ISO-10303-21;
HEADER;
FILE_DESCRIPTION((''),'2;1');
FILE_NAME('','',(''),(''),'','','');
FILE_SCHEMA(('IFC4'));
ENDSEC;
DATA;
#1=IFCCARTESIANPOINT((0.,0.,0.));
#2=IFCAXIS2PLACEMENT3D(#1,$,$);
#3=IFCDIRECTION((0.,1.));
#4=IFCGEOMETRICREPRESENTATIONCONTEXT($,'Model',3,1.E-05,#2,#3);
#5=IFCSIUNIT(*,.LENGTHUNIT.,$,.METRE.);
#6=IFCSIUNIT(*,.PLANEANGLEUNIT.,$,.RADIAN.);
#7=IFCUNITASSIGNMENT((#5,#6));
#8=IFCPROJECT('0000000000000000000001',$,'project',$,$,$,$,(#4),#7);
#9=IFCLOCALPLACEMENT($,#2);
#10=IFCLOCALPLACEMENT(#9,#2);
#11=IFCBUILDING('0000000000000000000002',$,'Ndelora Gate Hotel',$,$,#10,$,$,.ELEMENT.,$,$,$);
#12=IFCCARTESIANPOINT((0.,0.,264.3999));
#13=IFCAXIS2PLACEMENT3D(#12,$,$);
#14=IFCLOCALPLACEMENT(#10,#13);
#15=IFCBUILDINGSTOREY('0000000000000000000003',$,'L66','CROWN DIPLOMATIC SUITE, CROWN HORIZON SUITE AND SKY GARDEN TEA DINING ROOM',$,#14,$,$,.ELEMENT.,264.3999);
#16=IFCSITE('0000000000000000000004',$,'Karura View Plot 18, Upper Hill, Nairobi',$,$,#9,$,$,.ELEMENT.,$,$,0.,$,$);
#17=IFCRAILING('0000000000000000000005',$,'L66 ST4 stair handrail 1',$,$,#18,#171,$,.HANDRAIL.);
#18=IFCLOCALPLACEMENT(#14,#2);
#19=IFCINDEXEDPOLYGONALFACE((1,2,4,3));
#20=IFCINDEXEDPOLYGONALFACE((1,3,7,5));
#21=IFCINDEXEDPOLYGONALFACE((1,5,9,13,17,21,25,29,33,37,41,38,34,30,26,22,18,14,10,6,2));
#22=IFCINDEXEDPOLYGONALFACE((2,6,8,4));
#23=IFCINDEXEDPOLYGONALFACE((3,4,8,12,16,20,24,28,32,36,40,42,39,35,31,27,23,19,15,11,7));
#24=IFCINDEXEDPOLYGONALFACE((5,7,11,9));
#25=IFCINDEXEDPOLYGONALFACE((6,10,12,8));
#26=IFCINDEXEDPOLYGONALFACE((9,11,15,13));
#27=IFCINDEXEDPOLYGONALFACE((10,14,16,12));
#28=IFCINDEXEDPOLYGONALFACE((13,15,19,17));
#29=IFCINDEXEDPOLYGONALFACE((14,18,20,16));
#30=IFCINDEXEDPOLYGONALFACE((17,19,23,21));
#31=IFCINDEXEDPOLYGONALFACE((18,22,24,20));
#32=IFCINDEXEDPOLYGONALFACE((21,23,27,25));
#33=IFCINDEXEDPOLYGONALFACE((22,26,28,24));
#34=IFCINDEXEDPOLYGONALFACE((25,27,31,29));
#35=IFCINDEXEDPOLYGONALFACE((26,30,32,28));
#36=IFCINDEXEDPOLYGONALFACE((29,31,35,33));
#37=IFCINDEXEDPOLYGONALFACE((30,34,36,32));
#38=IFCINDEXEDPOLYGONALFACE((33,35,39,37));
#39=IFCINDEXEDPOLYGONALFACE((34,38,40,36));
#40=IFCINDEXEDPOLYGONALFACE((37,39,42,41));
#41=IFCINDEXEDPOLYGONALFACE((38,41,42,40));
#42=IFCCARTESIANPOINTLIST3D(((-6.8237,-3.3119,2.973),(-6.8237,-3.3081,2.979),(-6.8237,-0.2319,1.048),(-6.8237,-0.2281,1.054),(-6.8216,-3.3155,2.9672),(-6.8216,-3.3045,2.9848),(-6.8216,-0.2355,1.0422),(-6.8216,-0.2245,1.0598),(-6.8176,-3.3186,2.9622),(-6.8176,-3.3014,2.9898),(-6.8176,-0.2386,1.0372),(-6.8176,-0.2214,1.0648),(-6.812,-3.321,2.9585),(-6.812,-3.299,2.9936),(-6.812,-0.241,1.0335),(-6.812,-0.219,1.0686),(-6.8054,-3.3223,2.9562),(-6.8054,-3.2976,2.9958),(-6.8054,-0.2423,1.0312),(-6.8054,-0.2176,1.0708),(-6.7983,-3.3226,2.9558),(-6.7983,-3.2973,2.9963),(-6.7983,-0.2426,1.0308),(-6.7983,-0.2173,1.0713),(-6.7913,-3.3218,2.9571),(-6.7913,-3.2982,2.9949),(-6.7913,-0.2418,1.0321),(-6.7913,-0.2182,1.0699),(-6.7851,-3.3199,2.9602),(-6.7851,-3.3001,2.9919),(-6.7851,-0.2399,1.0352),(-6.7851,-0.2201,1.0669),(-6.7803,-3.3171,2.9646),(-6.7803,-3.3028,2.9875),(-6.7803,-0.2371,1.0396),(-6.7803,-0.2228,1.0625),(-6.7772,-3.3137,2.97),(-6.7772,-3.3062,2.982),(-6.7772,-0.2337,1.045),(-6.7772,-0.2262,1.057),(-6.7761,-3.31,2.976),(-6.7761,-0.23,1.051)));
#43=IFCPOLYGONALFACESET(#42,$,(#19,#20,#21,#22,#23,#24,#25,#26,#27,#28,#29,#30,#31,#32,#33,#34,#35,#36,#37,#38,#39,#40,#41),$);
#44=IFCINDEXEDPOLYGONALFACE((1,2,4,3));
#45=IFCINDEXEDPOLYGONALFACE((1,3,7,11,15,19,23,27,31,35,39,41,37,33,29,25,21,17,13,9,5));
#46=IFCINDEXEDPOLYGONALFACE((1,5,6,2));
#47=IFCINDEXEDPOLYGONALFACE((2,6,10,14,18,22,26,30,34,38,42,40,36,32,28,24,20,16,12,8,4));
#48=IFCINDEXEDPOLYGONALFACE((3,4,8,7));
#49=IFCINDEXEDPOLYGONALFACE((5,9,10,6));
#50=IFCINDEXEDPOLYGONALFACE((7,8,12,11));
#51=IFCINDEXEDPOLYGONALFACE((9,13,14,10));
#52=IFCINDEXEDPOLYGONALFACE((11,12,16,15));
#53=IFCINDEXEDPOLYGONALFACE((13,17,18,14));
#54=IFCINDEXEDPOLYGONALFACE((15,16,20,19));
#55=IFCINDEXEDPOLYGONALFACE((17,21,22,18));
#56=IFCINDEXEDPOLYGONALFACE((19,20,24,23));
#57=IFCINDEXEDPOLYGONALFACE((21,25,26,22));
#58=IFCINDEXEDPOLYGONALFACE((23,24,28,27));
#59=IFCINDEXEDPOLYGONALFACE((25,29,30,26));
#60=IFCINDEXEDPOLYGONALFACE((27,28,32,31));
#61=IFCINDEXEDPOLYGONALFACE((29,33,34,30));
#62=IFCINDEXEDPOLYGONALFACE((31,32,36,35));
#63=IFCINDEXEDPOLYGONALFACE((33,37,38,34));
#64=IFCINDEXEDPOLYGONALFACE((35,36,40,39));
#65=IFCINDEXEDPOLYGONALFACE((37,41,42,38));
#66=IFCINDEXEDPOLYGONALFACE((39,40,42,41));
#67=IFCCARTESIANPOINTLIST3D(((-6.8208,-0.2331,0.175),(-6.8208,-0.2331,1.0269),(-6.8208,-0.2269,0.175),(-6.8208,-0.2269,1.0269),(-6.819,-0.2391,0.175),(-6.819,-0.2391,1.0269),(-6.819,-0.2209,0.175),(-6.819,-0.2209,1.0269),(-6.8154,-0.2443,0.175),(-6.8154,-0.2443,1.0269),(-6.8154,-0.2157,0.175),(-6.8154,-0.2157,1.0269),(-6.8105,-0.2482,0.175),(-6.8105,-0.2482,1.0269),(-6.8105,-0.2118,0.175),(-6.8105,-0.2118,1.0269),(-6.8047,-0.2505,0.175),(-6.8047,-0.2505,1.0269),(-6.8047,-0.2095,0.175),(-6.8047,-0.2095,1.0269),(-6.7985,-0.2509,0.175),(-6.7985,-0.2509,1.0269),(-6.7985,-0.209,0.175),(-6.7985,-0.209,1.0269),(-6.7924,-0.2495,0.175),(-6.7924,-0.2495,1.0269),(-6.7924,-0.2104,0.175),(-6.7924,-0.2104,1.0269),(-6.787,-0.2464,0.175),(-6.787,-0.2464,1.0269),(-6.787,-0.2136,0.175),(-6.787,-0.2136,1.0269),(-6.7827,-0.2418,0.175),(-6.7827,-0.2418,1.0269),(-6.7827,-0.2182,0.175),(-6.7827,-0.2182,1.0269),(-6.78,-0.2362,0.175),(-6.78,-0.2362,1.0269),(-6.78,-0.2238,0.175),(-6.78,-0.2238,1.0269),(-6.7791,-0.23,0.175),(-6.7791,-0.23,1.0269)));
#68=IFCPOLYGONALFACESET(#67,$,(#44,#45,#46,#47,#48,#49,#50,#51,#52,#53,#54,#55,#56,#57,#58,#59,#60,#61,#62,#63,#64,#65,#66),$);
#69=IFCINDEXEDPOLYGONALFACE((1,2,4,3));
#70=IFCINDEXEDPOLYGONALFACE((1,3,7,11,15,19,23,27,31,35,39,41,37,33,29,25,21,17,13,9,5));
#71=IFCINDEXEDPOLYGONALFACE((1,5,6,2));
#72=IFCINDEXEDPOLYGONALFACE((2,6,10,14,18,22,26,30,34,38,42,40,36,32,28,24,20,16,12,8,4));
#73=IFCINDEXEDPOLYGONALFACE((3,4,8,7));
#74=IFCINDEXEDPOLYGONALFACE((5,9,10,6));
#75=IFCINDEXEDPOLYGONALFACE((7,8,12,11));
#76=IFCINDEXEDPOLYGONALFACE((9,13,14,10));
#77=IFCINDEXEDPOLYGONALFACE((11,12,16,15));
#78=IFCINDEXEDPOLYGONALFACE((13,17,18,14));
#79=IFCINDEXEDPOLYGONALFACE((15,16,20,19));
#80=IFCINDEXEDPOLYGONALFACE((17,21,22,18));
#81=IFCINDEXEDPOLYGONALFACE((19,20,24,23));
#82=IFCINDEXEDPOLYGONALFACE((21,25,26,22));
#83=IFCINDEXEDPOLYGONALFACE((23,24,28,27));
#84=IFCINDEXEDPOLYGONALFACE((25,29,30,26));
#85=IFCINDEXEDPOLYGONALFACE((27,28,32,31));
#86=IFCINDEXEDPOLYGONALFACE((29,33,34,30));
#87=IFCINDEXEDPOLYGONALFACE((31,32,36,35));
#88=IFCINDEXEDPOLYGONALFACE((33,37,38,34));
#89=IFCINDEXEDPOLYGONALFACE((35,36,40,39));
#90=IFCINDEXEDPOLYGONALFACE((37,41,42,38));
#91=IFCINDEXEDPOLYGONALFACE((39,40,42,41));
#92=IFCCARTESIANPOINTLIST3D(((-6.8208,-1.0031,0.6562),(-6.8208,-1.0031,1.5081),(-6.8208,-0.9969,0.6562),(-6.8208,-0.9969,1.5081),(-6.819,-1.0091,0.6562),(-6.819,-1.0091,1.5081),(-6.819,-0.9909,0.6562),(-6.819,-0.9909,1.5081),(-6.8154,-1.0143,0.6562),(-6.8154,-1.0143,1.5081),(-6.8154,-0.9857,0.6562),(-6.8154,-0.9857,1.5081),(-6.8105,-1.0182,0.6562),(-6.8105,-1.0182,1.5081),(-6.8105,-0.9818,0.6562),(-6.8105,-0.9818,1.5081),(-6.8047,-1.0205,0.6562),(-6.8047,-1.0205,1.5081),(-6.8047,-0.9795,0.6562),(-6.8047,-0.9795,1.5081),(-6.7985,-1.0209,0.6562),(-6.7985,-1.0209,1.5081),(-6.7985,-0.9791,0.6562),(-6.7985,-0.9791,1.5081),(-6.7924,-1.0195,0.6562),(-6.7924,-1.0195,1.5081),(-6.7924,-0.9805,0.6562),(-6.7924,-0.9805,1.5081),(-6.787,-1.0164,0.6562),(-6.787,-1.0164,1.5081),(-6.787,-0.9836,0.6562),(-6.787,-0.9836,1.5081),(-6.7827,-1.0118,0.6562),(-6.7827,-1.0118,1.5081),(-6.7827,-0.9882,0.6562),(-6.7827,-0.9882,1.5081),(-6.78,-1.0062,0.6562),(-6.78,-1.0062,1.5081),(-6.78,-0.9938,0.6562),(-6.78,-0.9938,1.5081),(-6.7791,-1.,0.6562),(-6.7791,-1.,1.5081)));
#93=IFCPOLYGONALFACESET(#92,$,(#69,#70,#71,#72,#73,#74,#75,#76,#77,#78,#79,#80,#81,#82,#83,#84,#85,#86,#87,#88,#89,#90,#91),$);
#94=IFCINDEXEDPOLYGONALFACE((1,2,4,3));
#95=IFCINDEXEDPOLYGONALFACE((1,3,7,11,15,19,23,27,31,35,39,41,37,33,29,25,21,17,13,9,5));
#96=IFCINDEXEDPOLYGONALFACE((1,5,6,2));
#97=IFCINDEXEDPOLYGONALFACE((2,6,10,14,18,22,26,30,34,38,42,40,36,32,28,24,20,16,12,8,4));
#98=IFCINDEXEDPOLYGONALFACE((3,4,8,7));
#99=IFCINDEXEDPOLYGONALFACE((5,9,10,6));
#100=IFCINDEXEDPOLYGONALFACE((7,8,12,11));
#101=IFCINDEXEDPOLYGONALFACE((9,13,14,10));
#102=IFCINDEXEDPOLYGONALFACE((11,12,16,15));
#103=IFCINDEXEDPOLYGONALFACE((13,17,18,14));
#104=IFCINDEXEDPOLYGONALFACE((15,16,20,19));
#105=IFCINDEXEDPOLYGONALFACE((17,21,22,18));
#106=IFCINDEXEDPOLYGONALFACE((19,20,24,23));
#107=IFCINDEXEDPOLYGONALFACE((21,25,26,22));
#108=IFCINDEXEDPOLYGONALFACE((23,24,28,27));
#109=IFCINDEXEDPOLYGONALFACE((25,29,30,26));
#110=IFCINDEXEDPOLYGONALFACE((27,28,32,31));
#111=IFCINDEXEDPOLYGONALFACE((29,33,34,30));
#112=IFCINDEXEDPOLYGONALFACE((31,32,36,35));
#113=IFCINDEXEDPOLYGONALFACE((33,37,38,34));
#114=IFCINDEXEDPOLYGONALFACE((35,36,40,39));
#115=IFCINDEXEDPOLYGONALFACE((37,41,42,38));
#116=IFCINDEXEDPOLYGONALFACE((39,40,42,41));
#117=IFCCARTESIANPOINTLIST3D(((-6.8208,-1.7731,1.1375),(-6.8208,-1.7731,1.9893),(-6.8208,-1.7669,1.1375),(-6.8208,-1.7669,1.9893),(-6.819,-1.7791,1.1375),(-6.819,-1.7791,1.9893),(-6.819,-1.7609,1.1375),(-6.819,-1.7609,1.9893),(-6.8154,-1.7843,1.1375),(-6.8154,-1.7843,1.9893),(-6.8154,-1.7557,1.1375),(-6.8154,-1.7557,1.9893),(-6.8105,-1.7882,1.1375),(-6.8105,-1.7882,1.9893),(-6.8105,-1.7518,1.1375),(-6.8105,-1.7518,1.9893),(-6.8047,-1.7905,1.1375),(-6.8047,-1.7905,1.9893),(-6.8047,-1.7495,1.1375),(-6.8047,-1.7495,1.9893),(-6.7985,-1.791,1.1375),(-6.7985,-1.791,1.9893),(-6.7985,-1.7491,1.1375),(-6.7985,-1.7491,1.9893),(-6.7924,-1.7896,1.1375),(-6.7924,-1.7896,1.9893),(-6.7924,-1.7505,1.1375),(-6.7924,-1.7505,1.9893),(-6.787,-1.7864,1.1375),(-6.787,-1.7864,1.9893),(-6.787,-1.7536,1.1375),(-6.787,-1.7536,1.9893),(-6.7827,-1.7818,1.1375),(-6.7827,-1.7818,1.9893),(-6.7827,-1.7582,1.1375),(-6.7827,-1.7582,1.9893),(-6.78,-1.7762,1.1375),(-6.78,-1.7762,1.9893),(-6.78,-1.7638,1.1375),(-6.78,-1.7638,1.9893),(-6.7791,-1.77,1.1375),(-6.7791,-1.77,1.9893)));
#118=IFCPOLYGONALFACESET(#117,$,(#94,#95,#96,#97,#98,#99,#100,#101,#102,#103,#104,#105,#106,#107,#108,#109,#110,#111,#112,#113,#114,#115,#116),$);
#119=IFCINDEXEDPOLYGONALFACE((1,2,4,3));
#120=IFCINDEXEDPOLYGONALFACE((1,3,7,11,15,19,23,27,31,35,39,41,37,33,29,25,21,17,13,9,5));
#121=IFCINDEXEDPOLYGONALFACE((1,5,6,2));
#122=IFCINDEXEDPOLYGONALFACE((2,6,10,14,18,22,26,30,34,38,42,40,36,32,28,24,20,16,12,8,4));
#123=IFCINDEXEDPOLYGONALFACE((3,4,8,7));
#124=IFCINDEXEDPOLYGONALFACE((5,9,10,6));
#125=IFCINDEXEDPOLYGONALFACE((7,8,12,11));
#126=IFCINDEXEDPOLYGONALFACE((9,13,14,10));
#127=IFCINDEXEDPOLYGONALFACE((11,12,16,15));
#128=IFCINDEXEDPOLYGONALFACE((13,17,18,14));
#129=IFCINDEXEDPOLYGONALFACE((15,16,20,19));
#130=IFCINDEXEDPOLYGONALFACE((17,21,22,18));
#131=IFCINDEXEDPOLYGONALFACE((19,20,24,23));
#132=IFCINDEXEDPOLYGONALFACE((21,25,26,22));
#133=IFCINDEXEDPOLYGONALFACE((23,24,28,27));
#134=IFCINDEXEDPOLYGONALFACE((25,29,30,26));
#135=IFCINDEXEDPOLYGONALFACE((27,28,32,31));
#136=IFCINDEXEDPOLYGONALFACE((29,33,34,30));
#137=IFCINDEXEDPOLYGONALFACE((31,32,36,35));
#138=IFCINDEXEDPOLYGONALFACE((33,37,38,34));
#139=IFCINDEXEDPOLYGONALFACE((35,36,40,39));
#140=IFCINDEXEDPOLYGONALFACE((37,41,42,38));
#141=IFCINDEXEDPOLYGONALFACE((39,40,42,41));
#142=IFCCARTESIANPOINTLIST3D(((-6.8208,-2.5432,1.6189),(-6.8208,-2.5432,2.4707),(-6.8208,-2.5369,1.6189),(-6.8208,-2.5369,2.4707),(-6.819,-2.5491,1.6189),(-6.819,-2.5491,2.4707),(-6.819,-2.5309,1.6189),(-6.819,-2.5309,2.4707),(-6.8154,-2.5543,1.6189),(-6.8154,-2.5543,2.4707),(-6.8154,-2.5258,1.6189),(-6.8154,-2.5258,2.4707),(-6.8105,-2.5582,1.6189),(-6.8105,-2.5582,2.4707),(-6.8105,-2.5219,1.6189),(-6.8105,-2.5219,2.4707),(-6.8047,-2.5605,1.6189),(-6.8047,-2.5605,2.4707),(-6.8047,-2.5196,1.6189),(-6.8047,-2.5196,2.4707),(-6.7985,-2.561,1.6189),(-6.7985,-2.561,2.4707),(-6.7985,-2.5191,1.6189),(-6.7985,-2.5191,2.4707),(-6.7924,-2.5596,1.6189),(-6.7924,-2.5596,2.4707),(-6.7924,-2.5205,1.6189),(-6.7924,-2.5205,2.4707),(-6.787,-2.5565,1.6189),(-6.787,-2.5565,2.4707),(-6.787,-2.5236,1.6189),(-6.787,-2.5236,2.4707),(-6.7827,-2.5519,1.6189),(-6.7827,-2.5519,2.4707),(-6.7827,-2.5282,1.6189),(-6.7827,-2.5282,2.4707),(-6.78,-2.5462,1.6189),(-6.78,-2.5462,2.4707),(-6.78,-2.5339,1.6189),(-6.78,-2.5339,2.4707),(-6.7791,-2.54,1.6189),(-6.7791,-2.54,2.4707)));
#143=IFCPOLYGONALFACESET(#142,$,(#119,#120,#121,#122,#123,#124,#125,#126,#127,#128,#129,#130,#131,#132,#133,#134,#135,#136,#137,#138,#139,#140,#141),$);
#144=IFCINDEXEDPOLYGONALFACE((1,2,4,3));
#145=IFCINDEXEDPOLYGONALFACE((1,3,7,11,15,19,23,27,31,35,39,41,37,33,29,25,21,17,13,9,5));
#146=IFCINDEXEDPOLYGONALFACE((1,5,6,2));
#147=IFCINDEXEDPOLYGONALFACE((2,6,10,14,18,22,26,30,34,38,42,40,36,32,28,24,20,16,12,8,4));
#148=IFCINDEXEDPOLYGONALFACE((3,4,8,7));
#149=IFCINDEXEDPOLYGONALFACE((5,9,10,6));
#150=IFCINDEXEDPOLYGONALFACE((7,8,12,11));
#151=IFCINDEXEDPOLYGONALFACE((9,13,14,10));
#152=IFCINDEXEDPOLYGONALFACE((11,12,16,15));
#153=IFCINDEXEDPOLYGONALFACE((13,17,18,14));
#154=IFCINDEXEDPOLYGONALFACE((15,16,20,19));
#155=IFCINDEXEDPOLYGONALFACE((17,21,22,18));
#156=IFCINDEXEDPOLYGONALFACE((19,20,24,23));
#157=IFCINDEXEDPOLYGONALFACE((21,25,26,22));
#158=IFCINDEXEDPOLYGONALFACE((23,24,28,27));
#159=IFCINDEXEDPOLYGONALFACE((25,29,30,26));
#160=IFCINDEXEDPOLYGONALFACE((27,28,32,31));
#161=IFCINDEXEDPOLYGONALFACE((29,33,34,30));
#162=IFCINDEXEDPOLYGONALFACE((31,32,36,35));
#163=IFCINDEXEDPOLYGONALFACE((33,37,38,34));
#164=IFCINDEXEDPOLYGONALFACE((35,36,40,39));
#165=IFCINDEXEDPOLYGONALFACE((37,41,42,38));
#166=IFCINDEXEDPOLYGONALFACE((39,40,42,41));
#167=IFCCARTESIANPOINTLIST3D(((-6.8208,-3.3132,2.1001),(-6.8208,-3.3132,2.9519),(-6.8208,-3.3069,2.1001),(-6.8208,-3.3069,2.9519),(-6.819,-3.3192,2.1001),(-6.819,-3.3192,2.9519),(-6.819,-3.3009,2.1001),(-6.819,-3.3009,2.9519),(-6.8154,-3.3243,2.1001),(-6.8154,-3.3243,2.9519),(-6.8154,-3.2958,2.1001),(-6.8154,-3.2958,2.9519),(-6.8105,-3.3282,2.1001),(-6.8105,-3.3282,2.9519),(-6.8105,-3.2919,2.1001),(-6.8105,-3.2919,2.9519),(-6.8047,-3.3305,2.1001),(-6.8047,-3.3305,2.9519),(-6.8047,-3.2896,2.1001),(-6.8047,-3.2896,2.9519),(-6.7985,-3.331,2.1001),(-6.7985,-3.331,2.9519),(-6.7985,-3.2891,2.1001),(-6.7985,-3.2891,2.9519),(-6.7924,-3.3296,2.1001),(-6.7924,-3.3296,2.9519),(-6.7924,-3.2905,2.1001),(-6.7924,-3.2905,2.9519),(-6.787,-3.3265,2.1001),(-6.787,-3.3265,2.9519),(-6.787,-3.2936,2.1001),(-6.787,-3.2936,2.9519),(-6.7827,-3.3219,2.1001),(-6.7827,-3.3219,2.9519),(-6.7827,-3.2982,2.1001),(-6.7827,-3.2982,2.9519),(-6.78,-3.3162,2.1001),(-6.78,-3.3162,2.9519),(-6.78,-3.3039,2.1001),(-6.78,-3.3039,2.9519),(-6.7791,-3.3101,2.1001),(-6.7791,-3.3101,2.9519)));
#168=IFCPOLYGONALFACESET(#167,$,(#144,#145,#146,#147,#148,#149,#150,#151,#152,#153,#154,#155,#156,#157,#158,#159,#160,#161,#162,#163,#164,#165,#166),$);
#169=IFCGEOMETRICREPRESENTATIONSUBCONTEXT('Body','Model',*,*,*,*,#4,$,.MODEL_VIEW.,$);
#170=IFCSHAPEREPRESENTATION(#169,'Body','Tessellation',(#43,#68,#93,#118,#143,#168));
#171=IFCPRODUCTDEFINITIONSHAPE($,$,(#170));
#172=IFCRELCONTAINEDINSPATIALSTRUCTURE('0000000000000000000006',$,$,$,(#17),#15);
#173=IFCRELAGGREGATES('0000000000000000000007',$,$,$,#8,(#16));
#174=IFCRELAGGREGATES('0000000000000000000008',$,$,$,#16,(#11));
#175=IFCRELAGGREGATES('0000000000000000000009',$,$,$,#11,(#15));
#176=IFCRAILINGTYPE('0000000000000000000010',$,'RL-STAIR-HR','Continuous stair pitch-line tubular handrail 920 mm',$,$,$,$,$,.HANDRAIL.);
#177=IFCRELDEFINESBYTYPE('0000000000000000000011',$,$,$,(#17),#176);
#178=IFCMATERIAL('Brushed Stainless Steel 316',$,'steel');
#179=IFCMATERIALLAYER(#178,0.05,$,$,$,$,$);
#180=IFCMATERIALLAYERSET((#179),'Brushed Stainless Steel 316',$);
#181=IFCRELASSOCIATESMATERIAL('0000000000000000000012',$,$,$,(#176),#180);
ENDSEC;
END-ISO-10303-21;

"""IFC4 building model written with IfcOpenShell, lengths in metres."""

from ifc_helpers import new_model, si_unit, direction, frame, origin, origin_2d, place, context, subcontext, project, spatial, circle, extrude, material, layer, layer_set, type_object, element, save


model = new_model("IFC4")

# Units and contexts
model_context = context("Model", 3, precision=1e-05, world=origin(), true_north=direction((0.0, 1.0)))
body_context = subcontext(model_context, "Body", "Model", "MODEL_VIEW")
ifc_project = project(units=[si_unit("LENGTHUNIT", "METRE"), si_unit("PLANEANGLEUNIT", "RADIAN")], contexts=[model_context])

# Site, building, storey
site_placement = place(None, origin())
site = spatial("IfcSite", under=ifc_project, at=site_placement, Name="Karura View Plot 18, Upper Hill, Nairobi", CompositionType="ELEMENT", RefElevation=0.0)
building_placement = place(site_placement, origin())
building = spatial("IfcBuilding", under=site, at=building_placement, Name="Ndelora Gate Hotel", CompositionType="ELEMENT")
storey_placement = place(building_placement, frame((0.0, 0.0, 264.3999)))
storey = spatial("IfcBuildingStorey", under=building, at=storey_placement, Name="L66", Description="CROWN DIPLOMATIC SUITE, CROWN HORIZON SUITE AND SKY GARDEN TEA DINING ROOM", CompositionType="ELEMENT", Elevation=264.3999)

# Railing
ifc_material_1 = material(Name="Brushed Stainless Steel 316", Category="steel")
ifc_layer_1 = layer(ifc_material_1, 0.05)
ifc_layer_set_1 = layer_set([ifc_layer_1], Name="Brushed Stainless Steel 316")
railing_type_1 = type_object("IfcRailingType", Name="RL-STAIR-HR", Description="Continuous stair pitch-line tubular handrail 920 mm", PredefinedType="HANDRAIL", material=ifc_layer_set_1)
railing_1_placement = place(storey_placement, frame((-6.8, -0.23, 0.175)))
element("IfcRailing", 1, at=railing_1_placement, inside=storey, type_object=railing_type_1, Name="L66 ST4 stair handrail 1", PredefinedType="HANDRAIL", context=body_context, shape_type="SweptSolid", body=[
    extrude(circle(Radius=0.0239, at=origin_2d()), frame((0.0, 0.0, 0.876), z_axis=(0.0, -0.847998, 0.529999), x_axis=(1.0, 0.0, 0.0)), (0.0, 0.0, 1.0), 3.6321),
    extrude(circle(Radius=0.021, at=origin_2d()), origin(), (0.0, 0.0, 1.0), 0.8518),
    extrude(circle(Radius=0.021, at=origin_2d()), frame((0.0, -0.77, 0.4812)), (0.0, 0.0, 1.0), 0.8518),
    extrude(circle(Radius=0.021, at=origin_2d()), frame((0.0, -1.54, 0.9624)), (0.0, 0.0, 1.0), 0.8518),
    extrude(circle(Radius=0.021, at=origin_2d()), frame((0.0, -2.3101, 1.4438)), (0.0, 0.0, 1.0), 0.8518),
    extrude(circle(Radius=0.021, at=origin_2d()), frame((0.0, -3.0801, 1.925)), (0.0, 0.0, 1.0), 0.8518),
])

save(model, "model.ifc")
